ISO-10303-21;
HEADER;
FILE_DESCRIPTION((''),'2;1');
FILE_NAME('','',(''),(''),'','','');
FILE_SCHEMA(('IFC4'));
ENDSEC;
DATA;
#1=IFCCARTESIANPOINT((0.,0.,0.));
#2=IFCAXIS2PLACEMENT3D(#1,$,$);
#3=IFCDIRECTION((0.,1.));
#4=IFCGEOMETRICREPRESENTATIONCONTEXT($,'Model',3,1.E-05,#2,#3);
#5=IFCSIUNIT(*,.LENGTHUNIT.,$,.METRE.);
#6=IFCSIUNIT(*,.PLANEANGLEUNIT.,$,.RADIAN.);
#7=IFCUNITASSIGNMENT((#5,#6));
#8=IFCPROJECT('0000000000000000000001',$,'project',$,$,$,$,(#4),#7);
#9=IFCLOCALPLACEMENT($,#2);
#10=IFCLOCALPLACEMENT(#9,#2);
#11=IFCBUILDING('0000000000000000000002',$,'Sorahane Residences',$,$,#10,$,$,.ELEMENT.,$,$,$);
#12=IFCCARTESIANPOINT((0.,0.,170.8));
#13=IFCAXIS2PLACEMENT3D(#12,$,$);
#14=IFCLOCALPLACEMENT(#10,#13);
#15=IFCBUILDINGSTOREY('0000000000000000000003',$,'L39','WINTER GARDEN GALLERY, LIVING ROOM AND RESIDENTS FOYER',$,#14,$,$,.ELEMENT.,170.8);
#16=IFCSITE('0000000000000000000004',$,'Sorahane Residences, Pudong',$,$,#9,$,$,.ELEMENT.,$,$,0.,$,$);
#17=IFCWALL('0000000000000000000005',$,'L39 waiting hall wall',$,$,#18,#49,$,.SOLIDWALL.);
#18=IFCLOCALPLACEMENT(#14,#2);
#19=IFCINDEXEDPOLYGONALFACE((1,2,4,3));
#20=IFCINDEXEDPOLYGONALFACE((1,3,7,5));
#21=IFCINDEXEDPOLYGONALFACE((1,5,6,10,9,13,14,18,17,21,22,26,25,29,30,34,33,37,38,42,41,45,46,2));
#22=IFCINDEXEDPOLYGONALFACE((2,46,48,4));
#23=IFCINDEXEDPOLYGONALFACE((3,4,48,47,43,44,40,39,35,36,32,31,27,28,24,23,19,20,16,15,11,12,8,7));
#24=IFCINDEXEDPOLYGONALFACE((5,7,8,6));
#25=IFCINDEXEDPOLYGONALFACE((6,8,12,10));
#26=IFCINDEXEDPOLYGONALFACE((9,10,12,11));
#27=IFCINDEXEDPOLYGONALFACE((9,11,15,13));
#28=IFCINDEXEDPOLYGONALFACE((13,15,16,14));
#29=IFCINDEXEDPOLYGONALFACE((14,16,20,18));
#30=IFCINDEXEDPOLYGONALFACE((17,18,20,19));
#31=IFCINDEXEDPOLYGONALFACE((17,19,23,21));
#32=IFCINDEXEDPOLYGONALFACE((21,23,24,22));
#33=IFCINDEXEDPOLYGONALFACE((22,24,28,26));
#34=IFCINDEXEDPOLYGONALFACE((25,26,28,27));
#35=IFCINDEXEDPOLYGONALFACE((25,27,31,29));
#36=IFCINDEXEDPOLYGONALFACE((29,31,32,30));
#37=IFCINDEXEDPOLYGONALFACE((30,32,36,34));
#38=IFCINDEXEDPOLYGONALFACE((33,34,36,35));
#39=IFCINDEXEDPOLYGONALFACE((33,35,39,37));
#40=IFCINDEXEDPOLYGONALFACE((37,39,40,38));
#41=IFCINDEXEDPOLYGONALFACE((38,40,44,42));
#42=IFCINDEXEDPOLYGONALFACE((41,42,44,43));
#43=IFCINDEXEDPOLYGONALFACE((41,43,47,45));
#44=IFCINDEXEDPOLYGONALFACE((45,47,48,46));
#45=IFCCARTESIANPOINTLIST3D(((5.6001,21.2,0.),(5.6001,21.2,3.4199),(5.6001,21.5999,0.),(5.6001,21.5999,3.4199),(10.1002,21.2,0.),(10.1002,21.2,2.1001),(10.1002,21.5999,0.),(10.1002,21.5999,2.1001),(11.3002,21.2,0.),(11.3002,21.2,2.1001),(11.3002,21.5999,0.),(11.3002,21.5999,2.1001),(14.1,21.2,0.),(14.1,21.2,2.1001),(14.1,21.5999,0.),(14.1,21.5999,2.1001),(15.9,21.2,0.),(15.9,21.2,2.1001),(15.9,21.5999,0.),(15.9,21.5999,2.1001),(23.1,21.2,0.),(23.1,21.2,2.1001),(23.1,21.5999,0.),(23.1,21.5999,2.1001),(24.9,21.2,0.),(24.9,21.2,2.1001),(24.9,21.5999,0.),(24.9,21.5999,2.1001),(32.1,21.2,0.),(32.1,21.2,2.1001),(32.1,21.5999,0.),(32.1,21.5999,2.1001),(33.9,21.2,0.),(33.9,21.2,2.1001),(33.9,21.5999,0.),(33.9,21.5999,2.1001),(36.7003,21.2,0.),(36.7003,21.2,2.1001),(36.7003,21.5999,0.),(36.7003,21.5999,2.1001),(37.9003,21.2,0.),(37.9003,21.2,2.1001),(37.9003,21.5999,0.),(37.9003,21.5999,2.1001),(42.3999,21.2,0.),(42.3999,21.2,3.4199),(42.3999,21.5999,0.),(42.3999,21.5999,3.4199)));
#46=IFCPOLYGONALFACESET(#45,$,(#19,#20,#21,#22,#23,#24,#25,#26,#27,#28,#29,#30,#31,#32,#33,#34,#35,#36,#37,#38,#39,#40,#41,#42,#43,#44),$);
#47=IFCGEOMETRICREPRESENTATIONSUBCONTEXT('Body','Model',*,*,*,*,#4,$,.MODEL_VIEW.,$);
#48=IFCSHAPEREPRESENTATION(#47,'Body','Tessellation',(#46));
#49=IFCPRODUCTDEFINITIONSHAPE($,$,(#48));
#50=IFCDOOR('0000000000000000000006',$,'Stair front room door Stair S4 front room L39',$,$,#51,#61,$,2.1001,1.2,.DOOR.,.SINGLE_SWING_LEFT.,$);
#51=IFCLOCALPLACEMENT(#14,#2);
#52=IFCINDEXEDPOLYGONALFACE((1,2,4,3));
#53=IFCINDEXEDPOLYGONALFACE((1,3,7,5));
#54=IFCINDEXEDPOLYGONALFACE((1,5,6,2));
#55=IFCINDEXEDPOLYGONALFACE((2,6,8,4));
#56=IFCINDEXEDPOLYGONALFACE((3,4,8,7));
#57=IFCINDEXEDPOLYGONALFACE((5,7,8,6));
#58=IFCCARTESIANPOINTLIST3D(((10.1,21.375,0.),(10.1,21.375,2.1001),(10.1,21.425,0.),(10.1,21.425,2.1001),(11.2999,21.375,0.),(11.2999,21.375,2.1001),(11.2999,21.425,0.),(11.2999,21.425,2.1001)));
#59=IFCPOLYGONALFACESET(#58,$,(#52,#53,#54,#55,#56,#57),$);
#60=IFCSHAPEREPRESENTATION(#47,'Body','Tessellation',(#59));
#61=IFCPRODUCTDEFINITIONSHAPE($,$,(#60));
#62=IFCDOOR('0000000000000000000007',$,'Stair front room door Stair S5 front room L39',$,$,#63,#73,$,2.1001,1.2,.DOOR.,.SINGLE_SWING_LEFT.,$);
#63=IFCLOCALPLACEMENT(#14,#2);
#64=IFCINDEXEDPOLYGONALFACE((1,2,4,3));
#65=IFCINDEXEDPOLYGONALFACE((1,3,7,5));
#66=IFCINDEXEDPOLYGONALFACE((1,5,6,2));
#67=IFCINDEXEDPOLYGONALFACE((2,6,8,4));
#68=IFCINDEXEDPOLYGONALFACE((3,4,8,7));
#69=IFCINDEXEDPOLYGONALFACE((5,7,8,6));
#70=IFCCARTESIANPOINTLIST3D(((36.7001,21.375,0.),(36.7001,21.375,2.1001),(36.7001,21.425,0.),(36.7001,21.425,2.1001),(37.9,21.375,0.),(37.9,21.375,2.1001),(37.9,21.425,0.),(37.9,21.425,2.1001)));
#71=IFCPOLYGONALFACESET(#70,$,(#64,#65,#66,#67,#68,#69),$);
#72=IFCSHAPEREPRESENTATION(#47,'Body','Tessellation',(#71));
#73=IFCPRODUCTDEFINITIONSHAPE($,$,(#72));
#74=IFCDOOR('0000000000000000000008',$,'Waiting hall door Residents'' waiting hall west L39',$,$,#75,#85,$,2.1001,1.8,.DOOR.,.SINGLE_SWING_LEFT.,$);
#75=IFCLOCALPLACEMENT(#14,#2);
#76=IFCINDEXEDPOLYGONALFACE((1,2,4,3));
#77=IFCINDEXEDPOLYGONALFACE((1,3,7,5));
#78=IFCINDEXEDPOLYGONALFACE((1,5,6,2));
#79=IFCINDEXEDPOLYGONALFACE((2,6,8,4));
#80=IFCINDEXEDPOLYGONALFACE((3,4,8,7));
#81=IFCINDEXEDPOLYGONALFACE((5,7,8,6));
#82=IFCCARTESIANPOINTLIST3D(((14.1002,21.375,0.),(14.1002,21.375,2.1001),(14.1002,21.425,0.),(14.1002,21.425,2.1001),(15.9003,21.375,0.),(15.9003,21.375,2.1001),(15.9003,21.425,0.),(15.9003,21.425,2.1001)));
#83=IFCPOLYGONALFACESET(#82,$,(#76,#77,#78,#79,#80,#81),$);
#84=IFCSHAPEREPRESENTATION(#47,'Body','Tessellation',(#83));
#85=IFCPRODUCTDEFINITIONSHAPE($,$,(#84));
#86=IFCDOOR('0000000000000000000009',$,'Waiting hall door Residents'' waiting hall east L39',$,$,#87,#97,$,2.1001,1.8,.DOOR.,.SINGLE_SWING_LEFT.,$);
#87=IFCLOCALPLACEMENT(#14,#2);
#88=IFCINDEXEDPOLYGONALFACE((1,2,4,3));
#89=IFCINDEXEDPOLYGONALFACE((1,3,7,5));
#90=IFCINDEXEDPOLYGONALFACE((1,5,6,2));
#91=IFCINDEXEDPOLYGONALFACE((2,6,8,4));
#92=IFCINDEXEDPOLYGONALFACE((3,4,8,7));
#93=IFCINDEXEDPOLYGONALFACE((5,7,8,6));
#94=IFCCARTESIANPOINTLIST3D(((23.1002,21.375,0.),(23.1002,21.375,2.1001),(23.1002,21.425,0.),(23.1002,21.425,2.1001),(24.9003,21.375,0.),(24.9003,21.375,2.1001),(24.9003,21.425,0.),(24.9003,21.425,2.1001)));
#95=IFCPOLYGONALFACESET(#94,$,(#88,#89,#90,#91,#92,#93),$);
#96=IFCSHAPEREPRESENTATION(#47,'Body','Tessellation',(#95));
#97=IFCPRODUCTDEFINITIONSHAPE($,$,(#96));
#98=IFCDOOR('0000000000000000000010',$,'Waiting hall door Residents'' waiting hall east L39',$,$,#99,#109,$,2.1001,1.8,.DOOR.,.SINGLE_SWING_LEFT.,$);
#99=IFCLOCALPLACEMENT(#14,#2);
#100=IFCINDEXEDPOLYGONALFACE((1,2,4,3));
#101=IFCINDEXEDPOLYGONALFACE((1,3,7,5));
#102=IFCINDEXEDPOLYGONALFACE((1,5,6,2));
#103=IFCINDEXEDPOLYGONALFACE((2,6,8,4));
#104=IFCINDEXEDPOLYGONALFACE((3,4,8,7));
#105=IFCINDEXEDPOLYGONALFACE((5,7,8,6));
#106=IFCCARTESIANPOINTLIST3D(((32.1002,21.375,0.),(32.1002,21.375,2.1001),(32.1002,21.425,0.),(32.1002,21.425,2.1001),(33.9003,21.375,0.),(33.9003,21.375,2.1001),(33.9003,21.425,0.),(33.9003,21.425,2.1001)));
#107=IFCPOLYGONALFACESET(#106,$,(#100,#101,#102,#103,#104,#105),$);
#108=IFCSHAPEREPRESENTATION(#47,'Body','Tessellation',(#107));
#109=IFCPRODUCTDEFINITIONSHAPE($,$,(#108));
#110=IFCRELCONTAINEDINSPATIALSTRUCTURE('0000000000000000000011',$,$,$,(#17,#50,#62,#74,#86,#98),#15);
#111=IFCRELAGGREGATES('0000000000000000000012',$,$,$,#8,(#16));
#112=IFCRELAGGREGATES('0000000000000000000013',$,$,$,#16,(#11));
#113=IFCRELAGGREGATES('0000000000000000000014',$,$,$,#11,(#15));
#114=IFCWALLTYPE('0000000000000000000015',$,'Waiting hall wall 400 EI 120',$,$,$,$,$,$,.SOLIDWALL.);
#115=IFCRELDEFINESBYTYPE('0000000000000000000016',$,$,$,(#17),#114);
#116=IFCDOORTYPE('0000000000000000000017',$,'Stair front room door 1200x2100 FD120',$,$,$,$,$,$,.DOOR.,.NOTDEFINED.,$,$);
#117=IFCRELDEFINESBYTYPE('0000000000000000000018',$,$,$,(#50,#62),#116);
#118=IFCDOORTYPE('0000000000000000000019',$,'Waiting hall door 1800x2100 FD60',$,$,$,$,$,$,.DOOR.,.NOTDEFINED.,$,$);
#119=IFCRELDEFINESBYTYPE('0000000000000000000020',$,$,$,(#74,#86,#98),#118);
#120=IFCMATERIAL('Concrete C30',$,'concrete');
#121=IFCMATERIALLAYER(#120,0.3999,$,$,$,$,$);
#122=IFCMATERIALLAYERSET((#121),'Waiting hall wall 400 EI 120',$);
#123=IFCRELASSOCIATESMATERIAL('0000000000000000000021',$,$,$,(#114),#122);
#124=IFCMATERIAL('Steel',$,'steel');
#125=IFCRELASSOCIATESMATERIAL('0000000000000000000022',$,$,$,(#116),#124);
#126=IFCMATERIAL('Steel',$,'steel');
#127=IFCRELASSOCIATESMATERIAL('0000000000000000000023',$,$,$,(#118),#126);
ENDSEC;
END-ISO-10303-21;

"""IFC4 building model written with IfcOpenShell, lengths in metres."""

from ifc_helpers import new_model, si_unit, direction, frame, frame_2d, origin, place, context, subcontext, project, spatial, rectangle, extrude, material, layer, layer_set, type_object, element, fill, save


model = new_model("IFC4")

# Units and contexts
model_context = context("Model", 3, precision=1e-05, world=origin(), true_north=direction((0.0, 1.0)))
body_context = subcontext(model_context, "Body", "Model", "MODEL_VIEW")
ifc_project = project(units=[si_unit("LENGTHUNIT", "METRE"), si_unit("PLANEANGLEUNIT", "RADIAN")], contexts=[model_context])

# Site, building, storey
site_placement = place(None, origin())
site = spatial("IfcSite", under=ifc_project, at=site_placement, Name="Sorahane Residences, Pudong", CompositionType="ELEMENT", RefElevation=0.0)
building_placement = place(site_placement, origin())
building = spatial("IfcBuilding", under=site, at=building_placement, Name="Sorahane Residences", CompositionType="ELEMENT")
storey_placement = place(building_placement, frame((0.0, 0.0, 170.8)))
storey = spatial("IfcBuildingStorey", under=building, at=storey_placement, Name="L39", Description="WINTER GARDEN GALLERY, LIVING ROOM AND RESIDENTS FOYER", CompositionType="ELEMENT", Elevation=170.8)

# Wall, openings, doors
ifc_material_1 = material(Name="Concrete C30", Category="concrete")
ifc_layer_1 = layer(ifc_material_1, 0.3999)
ifc_layer_set_1 = layer_set([ifc_layer_1], Name="Waiting hall wall 400 EI 120")
wall_type_1 = type_object("IfcWallType", Name="Waiting hall wall 400 EI 120", PredefinedType="SOLIDWALL", material=ifc_layer_set_1)
wall_1_placement = place(storey_placement, frame((5.6001, 21.3999, 0.0), z_axis=(0.0, 0.0, 1.0), x_axis=(1.0, 0.0, 0.0)))
wall_1 = element("IfcWall", 1, at=wall_1_placement, inside=storey, type_object=wall_type_1, Name="L39 waiting hall wall", PredefinedType="SOLIDWALL", context=body_context, shape_type="SweptSolid", body=[
    extrude(rectangle(XDim=36.7998, YDim=0.3999, at=frame_2d((18.3999, 0.0))), origin(), (0.0, 0.0, 1.0), 3.4199),
])
opening_1_placement = place(wall_1_placement, frame((8.5, 0.0, 0.0)))
opening_1 = element("IfcOpeningElement", 2, at=opening_1_placement, cuts=wall_1, PredefinedType="OPENING", context=body_context, shape_type="SweptSolid", body=[
    extrude(rectangle(XDim=1.8, YDim=2.1001, at=frame_2d((0.8999, 1.05))), frame((0.0, 0.21, 0.0), z_axis=(0.0, -1.0, 0.0), x_axis=(1.0, 0.0, 0.0)), (0.0, 0.0, 1.0), 0.4199),
])
opening_2_placement = place(wall_1_placement, frame((17.5, 0.0, 0.0)))
opening_2 = element("IfcOpeningElement", 3, at=opening_2_placement, cuts=wall_1, PredefinedType="OPENING", context=body_context, shape_type="SweptSolid", body=[
    extrude(rectangle(XDim=1.8, YDim=2.1001, at=frame_2d((0.8999, 1.05))), frame((0.0, 0.21, 0.0), z_axis=(0.0, -1.0, 0.0), x_axis=(1.0, 0.0, 0.0)), (0.0, 0.0, 1.0), 0.4199),
])
opening_3_placement = place(wall_1_placement, frame((26.5, 0.0, 0.0)))
opening_3 = element("IfcOpeningElement", 4, at=opening_3_placement, cuts=wall_1, PredefinedType="OPENING", context=body_context, shape_type="SweptSolid", body=[
    extrude(rectangle(XDim=1.8, YDim=2.1001, at=frame_2d((0.8999, 1.05))), frame((0.0, 0.21, 0.0), z_axis=(0.0, -1.0, 0.0), x_axis=(1.0, 0.0, 0.0)), (0.0, 0.0, 1.0), 0.4199),
])
opening_4_placement = place(wall_1_placement, frame((4.5, 0.0, 0.0)))
opening_4 = element("IfcOpeningElement", 5, at=opening_4_placement, cuts=wall_1, PredefinedType="OPENING", context=body_context, shape_type="SweptSolid", body=[
    extrude(rectangle(XDim=1.2, YDim=2.1001, at=frame_2d((0.6001, 1.05))), frame((0.0, 0.21, 0.0), z_axis=(0.0, -1.0, 0.0), x_axis=(1.0, 0.0, 0.0)), (0.0, 0.0, 1.0), 0.4199),
])
opening_5_placement = place(wall_1_placement, frame((31.1001, 0.0, 0.0)))
opening_5 = element("IfcOpeningElement", 6, at=opening_5_placement, cuts=wall_1, PredefinedType="OPENING", context=body_context, shape_type="SweptSolid", body=[
    extrude(rectangle(XDim=1.2, YDim=2.1001, at=frame_2d((0.6001, 1.05))), frame((0.0, 0.21, 0.0), z_axis=(0.0, -1.0, 0.0), x_axis=(1.0, 0.0, 0.0)), (0.0, 0.0, 1.0), 0.4199),
])
ifc_material_2 = material(Name="Steel", Category="steel")
door_type_1 = type_object("IfcDoorType", Name="Stair front room door 1200x2100 FD120", OperationType="NOTDEFINED", PredefinedType="DOOR", material=ifc_material_2)
door_1_placement = place(opening_4_placement, frame((1.2, 0.0, 0.0), z_axis=(0.0, 0.0, 1.0), x_axis=(-1.0, 0.0, 0.0)))
door_1 = element("IfcDoor", 7, at=door_1_placement, inside=storey, type_object=door_type_1, Name="Stair front room door Stair S4 front room L39", OperationType="SINGLE_SWING_LEFT", OverallHeight=2.1001, OverallWidth=1.2, PredefinedType="DOOR", context=body_context, shape_type="SweptSolid", body=[
    extrude(rectangle(XDim=1.2, YDim=2.1001, at=frame_2d((0.6001, 1.05))), frame((0.0, 0.0249, 0.0), z_axis=(0.0, -1.0, 0.0), x_axis=(1.0, 0.0, 0.0)), (0.0, 0.0, 1.0), 0.05),
])
fill(opening_4, door_1)
door_2_placement = place(opening_5_placement, frame((1.2, 0.0, 0.0), z_axis=(0.0, 0.0, 1.0), x_axis=(-1.0, 0.0, 0.0)))
door_2 = element("IfcDoor", 8, at=door_2_placement, inside=storey, type_object=door_type_1, Name="Stair front room door Stair S5 front room L39", OperationType="SINGLE_SWING_LEFT", OverallHeight=2.1001, OverallWidth=1.2, PredefinedType="DOOR", context=body_context, shape_type="SweptSolid", body=[
    extrude(rectangle(XDim=1.2, YDim=2.1001, at=frame_2d((0.6001, 1.05))), frame((0.0, 0.0249, 0.0), z_axis=(0.0, -1.0, 0.0), x_axis=(1.0, 0.0, 0.0)), (0.0, 0.0, 1.0), 0.05),
])
fill(opening_5, door_2)
ifc_material_3 = material(Name="Steel", Category="steel")
door_type_2 = type_object("IfcDoorType", Name="Waiting hall door 1800x2100 FD60", OperationType="NOTDEFINED", PredefinedType="DOOR", material=ifc_material_3)
door_3_placement = place(opening_1_placement, frame((1.8, 0.0, 0.0), z_axis=(0.0, 0.0, 1.0), x_axis=(-1.0, 0.0, 0.0)))
door_3 = element("IfcDoor", 9, at=door_3_placement, inside=storey, type_object=door_type_2, Name="Waiting hall door Residents' waiting hall west L39", OperationType="SINGLE_SWING_LEFT", OverallHeight=2.1001, OverallWidth=1.8, PredefinedType="DOOR", context=body_context, shape_type="SweptSolid", body=[
    extrude(rectangle(XDim=1.8, YDim=2.1001, at=frame_2d((0.8999, 1.05))), frame((0.0, 0.0249, 0.0), z_axis=(0.0, -1.0, 0.0), x_axis=(1.0, 0.0, 0.0)), (0.0, 0.0, 1.0), 0.05),
])
fill(opening_1, door_3)
door_4_placement = place(opening_2_placement, frame((1.8, 0.0, 0.0), z_axis=(0.0, 0.0, 1.0), x_axis=(-1.0, 0.0, 0.0)))
door_4 = element("IfcDoor", 10, at=door_4_placement, inside=storey, type_object=door_type_2, Name="Waiting hall door Residents' waiting hall east L39", OperationType="SINGLE_SWING_LEFT", OverallHeight=2.1001, OverallWidth=1.8, PredefinedType="DOOR", context=body_context, shape_type="SweptSolid", body=[
    extrude(rectangle(XDim=1.8, YDim=2.1001, at=frame_2d((0.8999, 1.05))), frame((0.0, 0.0249, 0.0), z_axis=(0.0, -1.0, 0.0), x_axis=(1.0, 0.0, 0.0)), (0.0, 0.0, 1.0), 0.05),
])
fill(opening_2, door_4)
door_5_placement = place(opening_3_placement, frame((1.8, 0.0, 0.0), z_axis=(0.0, 0.0, 1.0), x_axis=(-1.0, 0.0, 0.0)))
door_5 = element("IfcDoor", 11, at=door_5_placement, inside=storey, type_object=door_type_2, Name="Waiting hall door Residents' waiting hall east L39", OperationType="SINGLE_SWING_LEFT", OverallHeight=2.1001, OverallWidth=1.8, PredefinedType="DOOR", context=body_context, shape_type="SweptSolid", body=[
    extrude(rectangle(XDim=1.8, YDim=2.1001, at=frame_2d((0.8999, 1.05))), frame((0.0, 0.0249, 0.0), z_axis=(0.0, -1.0, 0.0), x_axis=(1.0, 0.0, 0.0)), (0.0, 0.0, 1.0), 0.05),
])
fill(opening_3, door_5)

save(model, "model.ifc")
